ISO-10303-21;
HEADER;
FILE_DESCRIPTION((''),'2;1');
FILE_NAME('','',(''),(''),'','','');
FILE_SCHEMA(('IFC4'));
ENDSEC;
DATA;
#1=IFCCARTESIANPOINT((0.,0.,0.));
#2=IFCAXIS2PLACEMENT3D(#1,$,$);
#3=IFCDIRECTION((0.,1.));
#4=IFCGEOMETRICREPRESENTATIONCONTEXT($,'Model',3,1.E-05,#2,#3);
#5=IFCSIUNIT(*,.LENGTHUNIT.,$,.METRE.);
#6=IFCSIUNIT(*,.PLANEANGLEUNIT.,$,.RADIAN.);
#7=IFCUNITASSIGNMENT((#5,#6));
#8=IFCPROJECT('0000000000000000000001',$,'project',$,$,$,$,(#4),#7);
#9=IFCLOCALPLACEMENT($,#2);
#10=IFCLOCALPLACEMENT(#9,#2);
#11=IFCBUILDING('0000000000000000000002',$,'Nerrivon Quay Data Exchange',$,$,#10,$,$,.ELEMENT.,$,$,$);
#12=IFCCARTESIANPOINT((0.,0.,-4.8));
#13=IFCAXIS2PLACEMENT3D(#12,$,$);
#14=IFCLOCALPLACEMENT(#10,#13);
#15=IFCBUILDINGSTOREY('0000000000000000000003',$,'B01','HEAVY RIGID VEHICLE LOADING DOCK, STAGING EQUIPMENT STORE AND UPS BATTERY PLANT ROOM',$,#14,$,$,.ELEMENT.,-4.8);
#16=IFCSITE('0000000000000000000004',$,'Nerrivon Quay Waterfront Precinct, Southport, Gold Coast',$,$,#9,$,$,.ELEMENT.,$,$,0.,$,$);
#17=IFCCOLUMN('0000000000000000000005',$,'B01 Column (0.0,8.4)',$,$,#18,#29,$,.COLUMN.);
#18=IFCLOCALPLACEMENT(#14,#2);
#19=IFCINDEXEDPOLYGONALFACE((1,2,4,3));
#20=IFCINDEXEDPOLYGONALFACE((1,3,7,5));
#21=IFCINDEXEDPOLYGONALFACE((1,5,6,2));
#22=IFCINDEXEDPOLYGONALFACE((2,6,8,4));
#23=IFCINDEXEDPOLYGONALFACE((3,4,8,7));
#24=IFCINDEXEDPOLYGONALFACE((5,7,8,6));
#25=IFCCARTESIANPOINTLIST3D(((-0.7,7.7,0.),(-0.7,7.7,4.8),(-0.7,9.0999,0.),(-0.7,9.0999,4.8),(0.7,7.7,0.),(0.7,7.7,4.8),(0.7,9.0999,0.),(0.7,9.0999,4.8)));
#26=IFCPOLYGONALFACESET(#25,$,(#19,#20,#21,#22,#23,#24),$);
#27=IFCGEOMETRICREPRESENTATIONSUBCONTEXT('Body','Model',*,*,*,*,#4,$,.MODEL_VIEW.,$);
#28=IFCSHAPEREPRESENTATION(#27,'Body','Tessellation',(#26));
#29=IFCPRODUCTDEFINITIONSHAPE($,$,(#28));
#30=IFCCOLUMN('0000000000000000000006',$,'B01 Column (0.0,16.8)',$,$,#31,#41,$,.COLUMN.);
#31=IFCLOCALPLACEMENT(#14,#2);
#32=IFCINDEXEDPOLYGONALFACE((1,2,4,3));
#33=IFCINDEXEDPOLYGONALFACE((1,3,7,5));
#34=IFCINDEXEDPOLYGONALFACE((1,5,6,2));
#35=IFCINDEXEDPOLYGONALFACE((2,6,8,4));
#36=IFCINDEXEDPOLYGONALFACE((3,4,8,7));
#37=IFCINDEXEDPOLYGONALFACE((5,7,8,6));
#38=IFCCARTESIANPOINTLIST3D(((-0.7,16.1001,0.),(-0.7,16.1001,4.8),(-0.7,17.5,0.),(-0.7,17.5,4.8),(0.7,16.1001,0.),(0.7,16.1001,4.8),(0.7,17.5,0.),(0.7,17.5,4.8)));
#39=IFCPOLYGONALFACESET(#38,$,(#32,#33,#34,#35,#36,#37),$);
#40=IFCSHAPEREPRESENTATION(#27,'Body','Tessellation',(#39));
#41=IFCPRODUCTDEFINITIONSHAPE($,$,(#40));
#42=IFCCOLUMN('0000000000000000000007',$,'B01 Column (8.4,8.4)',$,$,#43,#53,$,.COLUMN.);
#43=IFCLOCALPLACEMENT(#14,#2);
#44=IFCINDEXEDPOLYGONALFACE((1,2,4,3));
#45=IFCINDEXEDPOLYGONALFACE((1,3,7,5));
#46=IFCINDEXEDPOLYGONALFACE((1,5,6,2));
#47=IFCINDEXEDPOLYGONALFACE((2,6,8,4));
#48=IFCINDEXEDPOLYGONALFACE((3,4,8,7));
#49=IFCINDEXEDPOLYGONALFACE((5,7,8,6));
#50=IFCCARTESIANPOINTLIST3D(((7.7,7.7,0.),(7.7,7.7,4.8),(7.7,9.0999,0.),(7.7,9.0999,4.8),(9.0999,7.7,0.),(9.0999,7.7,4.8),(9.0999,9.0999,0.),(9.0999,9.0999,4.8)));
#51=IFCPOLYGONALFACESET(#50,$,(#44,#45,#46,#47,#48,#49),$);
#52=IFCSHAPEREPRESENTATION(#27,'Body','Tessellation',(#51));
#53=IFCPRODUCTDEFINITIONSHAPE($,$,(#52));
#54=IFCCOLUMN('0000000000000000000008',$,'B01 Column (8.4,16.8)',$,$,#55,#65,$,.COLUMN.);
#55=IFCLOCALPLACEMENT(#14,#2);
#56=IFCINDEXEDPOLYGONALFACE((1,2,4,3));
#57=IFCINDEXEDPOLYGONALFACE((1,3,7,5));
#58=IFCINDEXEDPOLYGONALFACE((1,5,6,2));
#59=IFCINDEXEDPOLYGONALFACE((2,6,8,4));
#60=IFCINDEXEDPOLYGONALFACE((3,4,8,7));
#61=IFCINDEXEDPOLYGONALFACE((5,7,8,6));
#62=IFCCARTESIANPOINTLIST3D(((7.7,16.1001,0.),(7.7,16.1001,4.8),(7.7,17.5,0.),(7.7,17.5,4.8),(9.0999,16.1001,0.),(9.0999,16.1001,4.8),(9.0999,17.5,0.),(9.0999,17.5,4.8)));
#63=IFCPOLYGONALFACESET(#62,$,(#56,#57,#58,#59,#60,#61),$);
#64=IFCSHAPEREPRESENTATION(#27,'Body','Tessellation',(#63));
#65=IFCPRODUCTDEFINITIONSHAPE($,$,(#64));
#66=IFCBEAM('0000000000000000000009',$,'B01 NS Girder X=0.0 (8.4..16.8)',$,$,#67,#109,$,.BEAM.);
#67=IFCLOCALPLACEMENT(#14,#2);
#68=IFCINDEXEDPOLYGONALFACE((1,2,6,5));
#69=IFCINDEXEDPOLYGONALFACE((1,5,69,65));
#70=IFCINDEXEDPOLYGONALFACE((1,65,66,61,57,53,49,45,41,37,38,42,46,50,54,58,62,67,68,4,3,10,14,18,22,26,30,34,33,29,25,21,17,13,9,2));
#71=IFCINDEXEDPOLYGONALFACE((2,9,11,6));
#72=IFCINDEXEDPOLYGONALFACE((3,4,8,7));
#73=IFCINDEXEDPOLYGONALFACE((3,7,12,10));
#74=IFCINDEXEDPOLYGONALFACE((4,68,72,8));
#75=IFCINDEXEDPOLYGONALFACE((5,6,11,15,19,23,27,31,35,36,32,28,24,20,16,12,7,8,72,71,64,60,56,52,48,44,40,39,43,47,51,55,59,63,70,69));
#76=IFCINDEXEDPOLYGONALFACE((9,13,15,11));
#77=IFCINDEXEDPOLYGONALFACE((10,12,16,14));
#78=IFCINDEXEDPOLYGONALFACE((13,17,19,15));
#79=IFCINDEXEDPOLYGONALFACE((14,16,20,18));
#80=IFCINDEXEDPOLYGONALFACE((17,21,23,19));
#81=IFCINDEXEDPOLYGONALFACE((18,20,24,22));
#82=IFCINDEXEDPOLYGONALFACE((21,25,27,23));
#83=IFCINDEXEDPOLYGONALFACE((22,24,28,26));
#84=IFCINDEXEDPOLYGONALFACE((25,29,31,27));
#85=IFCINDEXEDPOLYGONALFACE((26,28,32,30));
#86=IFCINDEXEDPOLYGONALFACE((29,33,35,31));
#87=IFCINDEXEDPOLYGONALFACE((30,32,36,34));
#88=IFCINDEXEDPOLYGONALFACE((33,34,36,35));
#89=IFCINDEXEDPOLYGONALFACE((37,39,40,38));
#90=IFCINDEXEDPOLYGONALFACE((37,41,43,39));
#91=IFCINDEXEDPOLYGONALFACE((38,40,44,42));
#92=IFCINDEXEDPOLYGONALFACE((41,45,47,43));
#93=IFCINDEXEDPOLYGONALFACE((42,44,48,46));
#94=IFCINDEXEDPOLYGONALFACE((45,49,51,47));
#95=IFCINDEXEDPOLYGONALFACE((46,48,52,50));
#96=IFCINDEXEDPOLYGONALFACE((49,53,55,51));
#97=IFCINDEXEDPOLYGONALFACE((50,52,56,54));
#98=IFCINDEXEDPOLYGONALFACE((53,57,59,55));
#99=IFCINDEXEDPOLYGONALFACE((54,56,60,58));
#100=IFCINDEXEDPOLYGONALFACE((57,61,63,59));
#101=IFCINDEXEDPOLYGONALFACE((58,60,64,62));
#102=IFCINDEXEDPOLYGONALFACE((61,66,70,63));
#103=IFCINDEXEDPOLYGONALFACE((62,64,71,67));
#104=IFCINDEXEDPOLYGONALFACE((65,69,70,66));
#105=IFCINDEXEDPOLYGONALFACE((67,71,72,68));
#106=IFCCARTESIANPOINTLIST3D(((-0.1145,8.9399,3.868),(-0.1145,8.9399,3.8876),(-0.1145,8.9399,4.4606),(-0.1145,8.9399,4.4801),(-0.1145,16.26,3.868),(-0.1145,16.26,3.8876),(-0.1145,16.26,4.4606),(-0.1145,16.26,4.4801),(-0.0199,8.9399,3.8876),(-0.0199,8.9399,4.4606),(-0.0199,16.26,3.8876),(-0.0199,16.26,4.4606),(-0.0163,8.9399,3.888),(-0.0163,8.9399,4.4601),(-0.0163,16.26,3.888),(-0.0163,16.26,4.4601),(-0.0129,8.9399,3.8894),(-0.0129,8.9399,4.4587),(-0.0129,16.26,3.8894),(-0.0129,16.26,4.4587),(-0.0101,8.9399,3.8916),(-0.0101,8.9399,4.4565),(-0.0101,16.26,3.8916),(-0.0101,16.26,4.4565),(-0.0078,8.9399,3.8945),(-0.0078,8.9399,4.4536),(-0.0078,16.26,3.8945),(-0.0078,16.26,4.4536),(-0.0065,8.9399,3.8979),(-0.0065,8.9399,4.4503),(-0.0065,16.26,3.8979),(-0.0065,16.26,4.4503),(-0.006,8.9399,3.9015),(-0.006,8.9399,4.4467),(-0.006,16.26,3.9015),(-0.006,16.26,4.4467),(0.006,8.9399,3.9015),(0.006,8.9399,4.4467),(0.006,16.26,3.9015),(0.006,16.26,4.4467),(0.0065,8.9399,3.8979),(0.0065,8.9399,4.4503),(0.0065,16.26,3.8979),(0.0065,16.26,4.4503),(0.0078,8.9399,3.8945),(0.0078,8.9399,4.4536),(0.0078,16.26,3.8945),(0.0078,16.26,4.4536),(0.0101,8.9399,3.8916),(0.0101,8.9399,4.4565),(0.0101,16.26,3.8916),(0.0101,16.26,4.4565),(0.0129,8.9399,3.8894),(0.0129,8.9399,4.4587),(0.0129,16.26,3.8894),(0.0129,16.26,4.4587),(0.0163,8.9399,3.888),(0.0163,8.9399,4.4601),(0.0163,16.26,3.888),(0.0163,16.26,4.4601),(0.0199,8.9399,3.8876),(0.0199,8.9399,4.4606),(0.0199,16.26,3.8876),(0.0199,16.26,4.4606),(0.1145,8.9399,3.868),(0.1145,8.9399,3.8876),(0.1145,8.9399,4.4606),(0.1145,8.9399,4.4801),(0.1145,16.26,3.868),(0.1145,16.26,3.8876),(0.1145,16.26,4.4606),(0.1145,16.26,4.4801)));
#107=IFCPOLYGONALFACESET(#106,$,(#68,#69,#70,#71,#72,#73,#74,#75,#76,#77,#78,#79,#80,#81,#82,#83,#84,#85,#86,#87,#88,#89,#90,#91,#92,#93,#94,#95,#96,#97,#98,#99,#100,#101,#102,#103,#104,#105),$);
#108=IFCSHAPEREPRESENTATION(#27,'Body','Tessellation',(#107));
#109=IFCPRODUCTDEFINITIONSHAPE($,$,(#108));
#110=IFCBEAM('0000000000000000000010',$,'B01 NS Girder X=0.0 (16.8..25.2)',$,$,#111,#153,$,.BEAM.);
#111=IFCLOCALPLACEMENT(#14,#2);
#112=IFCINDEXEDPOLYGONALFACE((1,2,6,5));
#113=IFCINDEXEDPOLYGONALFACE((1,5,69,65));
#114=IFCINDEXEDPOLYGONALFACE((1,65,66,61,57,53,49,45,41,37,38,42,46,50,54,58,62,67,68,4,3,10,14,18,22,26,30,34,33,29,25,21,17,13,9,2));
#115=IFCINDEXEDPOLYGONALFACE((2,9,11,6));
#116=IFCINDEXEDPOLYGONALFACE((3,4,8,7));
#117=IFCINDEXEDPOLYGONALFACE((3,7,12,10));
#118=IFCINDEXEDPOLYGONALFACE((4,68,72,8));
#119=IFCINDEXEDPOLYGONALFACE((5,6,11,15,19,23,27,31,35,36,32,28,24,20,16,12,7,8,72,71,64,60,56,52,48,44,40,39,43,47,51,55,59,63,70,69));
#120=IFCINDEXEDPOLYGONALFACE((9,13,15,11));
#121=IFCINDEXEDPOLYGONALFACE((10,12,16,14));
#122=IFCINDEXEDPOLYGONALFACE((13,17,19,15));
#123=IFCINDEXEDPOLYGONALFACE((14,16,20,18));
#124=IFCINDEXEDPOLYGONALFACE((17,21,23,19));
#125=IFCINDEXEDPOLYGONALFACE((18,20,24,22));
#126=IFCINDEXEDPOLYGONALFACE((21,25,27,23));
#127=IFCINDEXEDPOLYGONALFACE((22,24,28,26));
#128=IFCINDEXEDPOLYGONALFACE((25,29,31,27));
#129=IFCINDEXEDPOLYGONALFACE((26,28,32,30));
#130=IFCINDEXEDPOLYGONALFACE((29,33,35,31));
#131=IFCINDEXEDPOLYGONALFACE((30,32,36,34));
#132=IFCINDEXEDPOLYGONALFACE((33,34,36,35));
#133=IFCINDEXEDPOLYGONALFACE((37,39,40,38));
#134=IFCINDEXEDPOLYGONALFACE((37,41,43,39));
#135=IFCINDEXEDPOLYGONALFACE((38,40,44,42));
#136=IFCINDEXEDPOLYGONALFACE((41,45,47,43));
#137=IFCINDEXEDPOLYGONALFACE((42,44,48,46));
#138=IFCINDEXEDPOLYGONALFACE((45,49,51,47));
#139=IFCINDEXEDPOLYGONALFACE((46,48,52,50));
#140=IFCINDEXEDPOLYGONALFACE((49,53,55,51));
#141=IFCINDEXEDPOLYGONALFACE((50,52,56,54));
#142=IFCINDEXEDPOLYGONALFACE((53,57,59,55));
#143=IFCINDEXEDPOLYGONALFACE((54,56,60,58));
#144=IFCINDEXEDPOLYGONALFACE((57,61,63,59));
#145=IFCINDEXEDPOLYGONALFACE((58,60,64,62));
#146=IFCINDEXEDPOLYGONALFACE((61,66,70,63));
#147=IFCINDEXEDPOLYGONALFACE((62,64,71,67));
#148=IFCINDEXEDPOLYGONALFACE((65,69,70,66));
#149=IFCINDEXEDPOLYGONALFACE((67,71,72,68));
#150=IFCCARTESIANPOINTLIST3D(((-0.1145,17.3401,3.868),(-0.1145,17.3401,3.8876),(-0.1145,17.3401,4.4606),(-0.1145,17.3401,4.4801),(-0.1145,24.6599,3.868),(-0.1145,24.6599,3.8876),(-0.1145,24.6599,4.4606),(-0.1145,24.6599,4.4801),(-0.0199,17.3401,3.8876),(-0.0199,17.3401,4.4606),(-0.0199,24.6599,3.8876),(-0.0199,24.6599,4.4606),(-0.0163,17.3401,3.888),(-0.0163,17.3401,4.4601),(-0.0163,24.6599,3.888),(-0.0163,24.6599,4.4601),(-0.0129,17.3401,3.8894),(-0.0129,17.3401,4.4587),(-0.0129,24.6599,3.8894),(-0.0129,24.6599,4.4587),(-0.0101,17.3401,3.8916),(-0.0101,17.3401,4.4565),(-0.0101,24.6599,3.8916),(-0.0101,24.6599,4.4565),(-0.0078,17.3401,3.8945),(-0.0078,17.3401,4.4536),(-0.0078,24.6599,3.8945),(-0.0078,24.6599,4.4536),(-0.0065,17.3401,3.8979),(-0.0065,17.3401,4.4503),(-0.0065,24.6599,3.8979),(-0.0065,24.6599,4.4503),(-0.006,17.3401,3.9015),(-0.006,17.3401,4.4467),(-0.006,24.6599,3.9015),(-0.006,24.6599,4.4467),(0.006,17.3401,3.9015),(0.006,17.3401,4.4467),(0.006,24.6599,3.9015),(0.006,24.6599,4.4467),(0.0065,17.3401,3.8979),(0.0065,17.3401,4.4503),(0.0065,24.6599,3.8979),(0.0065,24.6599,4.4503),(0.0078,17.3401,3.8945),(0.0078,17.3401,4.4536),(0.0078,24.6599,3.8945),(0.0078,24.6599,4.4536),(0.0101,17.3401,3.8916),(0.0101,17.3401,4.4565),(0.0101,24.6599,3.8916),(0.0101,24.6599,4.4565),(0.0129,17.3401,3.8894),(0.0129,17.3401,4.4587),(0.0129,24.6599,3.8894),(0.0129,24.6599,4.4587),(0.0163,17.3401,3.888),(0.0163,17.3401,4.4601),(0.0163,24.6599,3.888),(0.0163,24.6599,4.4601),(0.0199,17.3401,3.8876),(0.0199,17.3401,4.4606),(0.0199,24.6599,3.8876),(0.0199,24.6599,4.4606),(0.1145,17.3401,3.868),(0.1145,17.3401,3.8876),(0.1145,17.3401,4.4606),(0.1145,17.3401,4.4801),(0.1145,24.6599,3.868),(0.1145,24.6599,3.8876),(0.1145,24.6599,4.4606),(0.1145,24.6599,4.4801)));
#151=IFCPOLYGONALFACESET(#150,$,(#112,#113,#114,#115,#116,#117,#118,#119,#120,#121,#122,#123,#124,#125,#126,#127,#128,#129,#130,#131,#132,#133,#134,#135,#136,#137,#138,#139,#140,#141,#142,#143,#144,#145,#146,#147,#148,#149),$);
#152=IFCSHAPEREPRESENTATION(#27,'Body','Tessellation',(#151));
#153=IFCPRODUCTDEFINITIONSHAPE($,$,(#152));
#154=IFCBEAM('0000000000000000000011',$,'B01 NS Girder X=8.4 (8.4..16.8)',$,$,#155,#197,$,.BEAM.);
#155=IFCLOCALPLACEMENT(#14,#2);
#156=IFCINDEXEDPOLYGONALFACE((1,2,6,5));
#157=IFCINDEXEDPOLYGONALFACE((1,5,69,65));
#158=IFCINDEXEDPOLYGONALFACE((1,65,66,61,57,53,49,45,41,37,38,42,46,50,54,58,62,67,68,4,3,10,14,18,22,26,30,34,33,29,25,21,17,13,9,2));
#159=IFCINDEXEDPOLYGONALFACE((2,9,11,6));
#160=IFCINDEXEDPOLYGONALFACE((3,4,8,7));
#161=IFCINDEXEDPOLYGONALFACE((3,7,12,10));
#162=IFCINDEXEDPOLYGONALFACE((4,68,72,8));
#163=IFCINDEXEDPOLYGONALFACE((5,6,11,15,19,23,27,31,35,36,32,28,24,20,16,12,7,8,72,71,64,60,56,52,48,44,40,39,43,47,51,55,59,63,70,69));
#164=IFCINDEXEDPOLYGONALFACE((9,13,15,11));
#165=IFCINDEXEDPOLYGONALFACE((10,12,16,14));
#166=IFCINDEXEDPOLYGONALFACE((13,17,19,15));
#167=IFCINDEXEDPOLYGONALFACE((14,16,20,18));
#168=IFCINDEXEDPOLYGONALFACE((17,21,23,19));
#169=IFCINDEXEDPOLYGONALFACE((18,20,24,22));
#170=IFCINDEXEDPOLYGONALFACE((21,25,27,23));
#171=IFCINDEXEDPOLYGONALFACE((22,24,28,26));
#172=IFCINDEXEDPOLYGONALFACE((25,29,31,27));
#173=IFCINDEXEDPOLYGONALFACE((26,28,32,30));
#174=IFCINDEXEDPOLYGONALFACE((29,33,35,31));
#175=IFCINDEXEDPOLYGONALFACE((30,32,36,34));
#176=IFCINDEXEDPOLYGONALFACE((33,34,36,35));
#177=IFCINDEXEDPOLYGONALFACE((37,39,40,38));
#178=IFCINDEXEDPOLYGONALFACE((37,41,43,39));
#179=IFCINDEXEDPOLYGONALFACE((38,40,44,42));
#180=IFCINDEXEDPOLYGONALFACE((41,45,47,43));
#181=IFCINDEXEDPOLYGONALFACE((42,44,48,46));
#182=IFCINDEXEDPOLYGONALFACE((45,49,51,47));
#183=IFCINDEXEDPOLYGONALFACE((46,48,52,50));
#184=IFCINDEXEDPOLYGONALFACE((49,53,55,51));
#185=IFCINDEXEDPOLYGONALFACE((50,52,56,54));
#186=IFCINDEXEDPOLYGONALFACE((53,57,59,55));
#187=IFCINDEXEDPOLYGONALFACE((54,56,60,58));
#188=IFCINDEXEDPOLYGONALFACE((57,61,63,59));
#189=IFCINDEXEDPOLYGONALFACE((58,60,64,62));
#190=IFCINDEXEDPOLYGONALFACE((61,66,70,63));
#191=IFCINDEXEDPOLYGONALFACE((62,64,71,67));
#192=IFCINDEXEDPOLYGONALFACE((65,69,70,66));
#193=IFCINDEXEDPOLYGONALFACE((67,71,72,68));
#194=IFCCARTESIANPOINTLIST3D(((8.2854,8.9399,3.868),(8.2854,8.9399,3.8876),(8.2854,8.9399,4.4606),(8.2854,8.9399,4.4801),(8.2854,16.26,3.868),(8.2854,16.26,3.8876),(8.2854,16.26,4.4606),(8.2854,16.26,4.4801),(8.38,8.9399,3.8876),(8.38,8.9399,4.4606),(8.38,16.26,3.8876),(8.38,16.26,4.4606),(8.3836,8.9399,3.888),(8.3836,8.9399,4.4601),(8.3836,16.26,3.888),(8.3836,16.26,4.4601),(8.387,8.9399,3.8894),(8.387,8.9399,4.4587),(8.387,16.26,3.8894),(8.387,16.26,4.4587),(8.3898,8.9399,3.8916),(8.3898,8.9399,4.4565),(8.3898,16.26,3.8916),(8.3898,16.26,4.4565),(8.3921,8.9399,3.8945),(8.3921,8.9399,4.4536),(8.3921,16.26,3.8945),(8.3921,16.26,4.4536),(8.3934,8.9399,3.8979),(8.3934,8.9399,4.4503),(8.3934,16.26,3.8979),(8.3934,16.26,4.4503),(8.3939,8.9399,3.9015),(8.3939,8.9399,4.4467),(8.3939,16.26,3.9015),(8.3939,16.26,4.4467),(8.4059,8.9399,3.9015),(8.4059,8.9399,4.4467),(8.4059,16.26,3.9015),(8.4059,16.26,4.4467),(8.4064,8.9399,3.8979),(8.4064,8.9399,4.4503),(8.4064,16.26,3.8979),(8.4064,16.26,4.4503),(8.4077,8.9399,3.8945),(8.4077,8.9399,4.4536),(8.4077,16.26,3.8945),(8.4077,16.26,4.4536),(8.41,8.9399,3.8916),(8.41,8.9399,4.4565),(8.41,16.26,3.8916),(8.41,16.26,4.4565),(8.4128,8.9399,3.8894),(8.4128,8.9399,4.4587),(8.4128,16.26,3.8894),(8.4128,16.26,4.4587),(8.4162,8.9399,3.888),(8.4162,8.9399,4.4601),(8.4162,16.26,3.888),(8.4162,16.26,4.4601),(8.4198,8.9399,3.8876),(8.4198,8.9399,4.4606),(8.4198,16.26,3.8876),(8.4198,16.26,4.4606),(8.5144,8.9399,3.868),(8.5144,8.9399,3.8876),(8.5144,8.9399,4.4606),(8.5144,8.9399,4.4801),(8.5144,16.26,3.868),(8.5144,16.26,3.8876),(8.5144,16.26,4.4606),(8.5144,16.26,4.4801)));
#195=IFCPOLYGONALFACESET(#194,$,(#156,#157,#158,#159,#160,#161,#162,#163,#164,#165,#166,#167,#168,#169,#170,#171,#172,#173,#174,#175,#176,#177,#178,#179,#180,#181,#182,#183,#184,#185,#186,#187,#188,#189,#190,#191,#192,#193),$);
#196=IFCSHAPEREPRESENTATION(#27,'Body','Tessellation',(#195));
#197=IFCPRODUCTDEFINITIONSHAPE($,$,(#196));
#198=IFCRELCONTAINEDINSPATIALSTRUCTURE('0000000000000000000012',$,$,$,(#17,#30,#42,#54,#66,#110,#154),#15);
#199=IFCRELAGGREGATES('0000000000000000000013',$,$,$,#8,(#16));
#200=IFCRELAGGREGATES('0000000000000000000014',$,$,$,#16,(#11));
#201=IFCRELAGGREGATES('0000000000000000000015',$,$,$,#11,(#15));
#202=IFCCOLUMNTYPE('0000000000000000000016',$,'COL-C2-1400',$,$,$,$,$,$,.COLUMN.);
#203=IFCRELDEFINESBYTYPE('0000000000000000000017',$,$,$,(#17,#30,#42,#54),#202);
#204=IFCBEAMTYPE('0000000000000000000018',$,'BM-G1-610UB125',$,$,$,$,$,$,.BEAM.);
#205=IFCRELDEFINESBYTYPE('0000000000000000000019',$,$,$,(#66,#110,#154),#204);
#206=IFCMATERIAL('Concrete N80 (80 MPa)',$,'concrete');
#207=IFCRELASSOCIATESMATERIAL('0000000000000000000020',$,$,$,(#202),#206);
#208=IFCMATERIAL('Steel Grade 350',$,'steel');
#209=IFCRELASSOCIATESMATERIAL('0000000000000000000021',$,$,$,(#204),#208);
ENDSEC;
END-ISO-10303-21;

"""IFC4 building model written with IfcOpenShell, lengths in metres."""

from ifc_helpers import new_model, si_unit, direction, frame, origin, origin_2d, place, context, subcontext, project, spatial, rectangle, i_section, extrude, material, material_profile, profile_set, type_object, element, save


model = new_model("IFC4")

# Units and contexts
model_context = context("Model", 3, precision=1e-05, world=origin(), true_north=direction((0.0, 1.0)))
body_context = subcontext(model_context, "Body", "Model", "MODEL_VIEW")
ifc_project = project(units=[si_unit("LENGTHUNIT", "METRE"), si_unit("PLANEANGLEUNIT", "RADIAN")], contexts=[model_context])

# Site, building, storey
site_placement = place(None, origin())
site = spatial("IfcSite", under=ifc_project, at=site_placement, Name="Nerrivon Quay Waterfront Precinct, Southport, Gold Coast", CompositionType="ELEMENT", RefElevation=0.0)
building_placement = place(site_placement, origin())
building = spatial("IfcBuilding", under=site, at=building_placement, Name="Nerrivon Quay Data Exchange", CompositionType="ELEMENT")
storey_placement = place(building_placement, frame((0.0, 0.0, -4.8)))
storey = spatial("IfcBuildingStorey", under=building, at=storey_placement, Name="B01", Description="HEAVY RIGID VEHICLE LOADING DOCK, STAGING EQUIPMENT STORE AND UPS BATTERY PLANT ROOM", CompositionType="ELEMENT", Elevation=-4.8)

# Columns
ifc_material_1 = material(Name="Concrete N80 (80 MPa)", Category="concrete")
ifc_material_profile_1 = material_profile(ifc_material_1, rectangle(XDim=1.3999, YDim=1.3999, at=origin_2d()), Name="RC-COL-1400x1400")
ifc_profile_set_1 = profile_set([ifc_material_profile_1], Name="Concrete N80 (80 MPa)")
column_type = type_object("IfcColumnType", Name="COL-C2-1400", PredefinedType="COLUMN", material=ifc_profile_set_1)
for number, where, z_axis, x_axis, name in (
    (1, (0.0, 8.3999, 0.0), (0.0, 0.0, 1.0), (1.0, 0.0, 0.0), "B01 Column (0.0,8.4)"),
    (2, (0.0, 16.8, 0.0), (0.0, 0.0, 1.0), (1.0, 0.0, 0.0), "B01 Column (0.0,16.8)"),
    (3, (8.3999, 8.3999, 0.0), (0.0, 0.0, 1.0), (1.0, 0.0, 0.0), "B01 Column (8.4,8.4)"),
    (4, (8.3999, 16.8, 0.0), (0.0, 0.0, 1.0), (1.0, 0.0, 0.0), "B01 Column (8.4,16.8)"),
):
    element("IfcColumn", number, at=place(storey_placement, frame(where, z_axis=z_axis, x_axis=x_axis)), inside=storey, type_object=column_type, Name=name, PredefinedType="COLUMN", context=body_context, shape_type="SweptSolid", body=[
        extrude(rectangle(XDim=1.3999, YDim=1.3999, at=origin_2d()), origin(), (0.0, 0.0, 1.0), 4.8),
    ])

# Beams
ifc_material_2 = material(Name="Steel Grade 350", Category="steel")
ifc_material_profile_2 = material_profile(ifc_material_2, i_section(OverallWidth=0.229, OverallDepth=0.6121, WebThickness=0.012, FlangeThickness=0.0195, FilletRadius=0.0139, at=origin_2d()), Name="610UB125")
ifc_profile_set_2 = profile_set([ifc_material_profile_2], Name="Steel Grade 350")
beam_type_1 = type_object("IfcBeamType", Name="BM-G1-610UB125", PredefinedType="BEAM", material=ifc_profile_set_2)
beam_1_placement = place(storey_placement, frame((0.0, 8.9399, 4.1741), z_axis=(0.0, 1.0, 0.0), x_axis=(-1.0, 0.0, 0.0)))
element("IfcBeam", 5, at=beam_1_placement, inside=storey, type_object=beam_type_1, Name="B01 NS Girder X=0.0 (8.4..16.8)", PredefinedType="BEAM", context=body_context, shape_type="SweptSolid", body=[
    extrude(i_section(OverallWidth=0.229, OverallDepth=0.6121, WebThickness=0.012, FlangeThickness=0.0195, FilletRadius=0.0139, at=origin_2d()), origin(), (0.0, 0.0, 1.0), 7.3201),
])
beam_2_placement = place(storey_placement, frame((0.0, 17.3401, 4.1741), z_axis=(0.0, 1.0, 0.0), x_axis=(-1.0, 0.0, 0.0)))
element("IfcBeam", 6, at=beam_2_placement, inside=storey, type_object=beam_type_1, Name="B01 NS Girder X=0.0 (16.8..25.2)", PredefinedType="BEAM", context=body_context, shape_type="SweptSolid", body=[
    extrude(i_section(OverallWidth=0.229, OverallDepth=0.6121, WebThickness=0.012, FlangeThickness=0.0195, FilletRadius=0.0139, at=origin_2d()), origin(), (0.0, 0.0, 1.0), 7.3198),
])
beam_3_placement = place(storey_placement, frame((8.3999, 8.9399, 4.1741), z_axis=(0.0, 1.0, 0.0), x_axis=(-1.0, 0.0, 0.0)))
element("IfcBeam", 7, at=beam_3_placement, inside=storey, type_object=beam_type_1, Name="B01 NS Girder X=8.4 (8.4..16.8)", PredefinedType="BEAM", context=body_context, shape_type="SweptSolid", body=[
    extrude(i_section(OverallWidth=0.229, OverallDepth=0.6121, WebThickness=0.012, FlangeThickness=0.0195, FilletRadius=0.0139, at=origin_2d()), origin(), (0.0, 0.0, 1.0), 7.3201),
])

save(model, "model.ifc")
